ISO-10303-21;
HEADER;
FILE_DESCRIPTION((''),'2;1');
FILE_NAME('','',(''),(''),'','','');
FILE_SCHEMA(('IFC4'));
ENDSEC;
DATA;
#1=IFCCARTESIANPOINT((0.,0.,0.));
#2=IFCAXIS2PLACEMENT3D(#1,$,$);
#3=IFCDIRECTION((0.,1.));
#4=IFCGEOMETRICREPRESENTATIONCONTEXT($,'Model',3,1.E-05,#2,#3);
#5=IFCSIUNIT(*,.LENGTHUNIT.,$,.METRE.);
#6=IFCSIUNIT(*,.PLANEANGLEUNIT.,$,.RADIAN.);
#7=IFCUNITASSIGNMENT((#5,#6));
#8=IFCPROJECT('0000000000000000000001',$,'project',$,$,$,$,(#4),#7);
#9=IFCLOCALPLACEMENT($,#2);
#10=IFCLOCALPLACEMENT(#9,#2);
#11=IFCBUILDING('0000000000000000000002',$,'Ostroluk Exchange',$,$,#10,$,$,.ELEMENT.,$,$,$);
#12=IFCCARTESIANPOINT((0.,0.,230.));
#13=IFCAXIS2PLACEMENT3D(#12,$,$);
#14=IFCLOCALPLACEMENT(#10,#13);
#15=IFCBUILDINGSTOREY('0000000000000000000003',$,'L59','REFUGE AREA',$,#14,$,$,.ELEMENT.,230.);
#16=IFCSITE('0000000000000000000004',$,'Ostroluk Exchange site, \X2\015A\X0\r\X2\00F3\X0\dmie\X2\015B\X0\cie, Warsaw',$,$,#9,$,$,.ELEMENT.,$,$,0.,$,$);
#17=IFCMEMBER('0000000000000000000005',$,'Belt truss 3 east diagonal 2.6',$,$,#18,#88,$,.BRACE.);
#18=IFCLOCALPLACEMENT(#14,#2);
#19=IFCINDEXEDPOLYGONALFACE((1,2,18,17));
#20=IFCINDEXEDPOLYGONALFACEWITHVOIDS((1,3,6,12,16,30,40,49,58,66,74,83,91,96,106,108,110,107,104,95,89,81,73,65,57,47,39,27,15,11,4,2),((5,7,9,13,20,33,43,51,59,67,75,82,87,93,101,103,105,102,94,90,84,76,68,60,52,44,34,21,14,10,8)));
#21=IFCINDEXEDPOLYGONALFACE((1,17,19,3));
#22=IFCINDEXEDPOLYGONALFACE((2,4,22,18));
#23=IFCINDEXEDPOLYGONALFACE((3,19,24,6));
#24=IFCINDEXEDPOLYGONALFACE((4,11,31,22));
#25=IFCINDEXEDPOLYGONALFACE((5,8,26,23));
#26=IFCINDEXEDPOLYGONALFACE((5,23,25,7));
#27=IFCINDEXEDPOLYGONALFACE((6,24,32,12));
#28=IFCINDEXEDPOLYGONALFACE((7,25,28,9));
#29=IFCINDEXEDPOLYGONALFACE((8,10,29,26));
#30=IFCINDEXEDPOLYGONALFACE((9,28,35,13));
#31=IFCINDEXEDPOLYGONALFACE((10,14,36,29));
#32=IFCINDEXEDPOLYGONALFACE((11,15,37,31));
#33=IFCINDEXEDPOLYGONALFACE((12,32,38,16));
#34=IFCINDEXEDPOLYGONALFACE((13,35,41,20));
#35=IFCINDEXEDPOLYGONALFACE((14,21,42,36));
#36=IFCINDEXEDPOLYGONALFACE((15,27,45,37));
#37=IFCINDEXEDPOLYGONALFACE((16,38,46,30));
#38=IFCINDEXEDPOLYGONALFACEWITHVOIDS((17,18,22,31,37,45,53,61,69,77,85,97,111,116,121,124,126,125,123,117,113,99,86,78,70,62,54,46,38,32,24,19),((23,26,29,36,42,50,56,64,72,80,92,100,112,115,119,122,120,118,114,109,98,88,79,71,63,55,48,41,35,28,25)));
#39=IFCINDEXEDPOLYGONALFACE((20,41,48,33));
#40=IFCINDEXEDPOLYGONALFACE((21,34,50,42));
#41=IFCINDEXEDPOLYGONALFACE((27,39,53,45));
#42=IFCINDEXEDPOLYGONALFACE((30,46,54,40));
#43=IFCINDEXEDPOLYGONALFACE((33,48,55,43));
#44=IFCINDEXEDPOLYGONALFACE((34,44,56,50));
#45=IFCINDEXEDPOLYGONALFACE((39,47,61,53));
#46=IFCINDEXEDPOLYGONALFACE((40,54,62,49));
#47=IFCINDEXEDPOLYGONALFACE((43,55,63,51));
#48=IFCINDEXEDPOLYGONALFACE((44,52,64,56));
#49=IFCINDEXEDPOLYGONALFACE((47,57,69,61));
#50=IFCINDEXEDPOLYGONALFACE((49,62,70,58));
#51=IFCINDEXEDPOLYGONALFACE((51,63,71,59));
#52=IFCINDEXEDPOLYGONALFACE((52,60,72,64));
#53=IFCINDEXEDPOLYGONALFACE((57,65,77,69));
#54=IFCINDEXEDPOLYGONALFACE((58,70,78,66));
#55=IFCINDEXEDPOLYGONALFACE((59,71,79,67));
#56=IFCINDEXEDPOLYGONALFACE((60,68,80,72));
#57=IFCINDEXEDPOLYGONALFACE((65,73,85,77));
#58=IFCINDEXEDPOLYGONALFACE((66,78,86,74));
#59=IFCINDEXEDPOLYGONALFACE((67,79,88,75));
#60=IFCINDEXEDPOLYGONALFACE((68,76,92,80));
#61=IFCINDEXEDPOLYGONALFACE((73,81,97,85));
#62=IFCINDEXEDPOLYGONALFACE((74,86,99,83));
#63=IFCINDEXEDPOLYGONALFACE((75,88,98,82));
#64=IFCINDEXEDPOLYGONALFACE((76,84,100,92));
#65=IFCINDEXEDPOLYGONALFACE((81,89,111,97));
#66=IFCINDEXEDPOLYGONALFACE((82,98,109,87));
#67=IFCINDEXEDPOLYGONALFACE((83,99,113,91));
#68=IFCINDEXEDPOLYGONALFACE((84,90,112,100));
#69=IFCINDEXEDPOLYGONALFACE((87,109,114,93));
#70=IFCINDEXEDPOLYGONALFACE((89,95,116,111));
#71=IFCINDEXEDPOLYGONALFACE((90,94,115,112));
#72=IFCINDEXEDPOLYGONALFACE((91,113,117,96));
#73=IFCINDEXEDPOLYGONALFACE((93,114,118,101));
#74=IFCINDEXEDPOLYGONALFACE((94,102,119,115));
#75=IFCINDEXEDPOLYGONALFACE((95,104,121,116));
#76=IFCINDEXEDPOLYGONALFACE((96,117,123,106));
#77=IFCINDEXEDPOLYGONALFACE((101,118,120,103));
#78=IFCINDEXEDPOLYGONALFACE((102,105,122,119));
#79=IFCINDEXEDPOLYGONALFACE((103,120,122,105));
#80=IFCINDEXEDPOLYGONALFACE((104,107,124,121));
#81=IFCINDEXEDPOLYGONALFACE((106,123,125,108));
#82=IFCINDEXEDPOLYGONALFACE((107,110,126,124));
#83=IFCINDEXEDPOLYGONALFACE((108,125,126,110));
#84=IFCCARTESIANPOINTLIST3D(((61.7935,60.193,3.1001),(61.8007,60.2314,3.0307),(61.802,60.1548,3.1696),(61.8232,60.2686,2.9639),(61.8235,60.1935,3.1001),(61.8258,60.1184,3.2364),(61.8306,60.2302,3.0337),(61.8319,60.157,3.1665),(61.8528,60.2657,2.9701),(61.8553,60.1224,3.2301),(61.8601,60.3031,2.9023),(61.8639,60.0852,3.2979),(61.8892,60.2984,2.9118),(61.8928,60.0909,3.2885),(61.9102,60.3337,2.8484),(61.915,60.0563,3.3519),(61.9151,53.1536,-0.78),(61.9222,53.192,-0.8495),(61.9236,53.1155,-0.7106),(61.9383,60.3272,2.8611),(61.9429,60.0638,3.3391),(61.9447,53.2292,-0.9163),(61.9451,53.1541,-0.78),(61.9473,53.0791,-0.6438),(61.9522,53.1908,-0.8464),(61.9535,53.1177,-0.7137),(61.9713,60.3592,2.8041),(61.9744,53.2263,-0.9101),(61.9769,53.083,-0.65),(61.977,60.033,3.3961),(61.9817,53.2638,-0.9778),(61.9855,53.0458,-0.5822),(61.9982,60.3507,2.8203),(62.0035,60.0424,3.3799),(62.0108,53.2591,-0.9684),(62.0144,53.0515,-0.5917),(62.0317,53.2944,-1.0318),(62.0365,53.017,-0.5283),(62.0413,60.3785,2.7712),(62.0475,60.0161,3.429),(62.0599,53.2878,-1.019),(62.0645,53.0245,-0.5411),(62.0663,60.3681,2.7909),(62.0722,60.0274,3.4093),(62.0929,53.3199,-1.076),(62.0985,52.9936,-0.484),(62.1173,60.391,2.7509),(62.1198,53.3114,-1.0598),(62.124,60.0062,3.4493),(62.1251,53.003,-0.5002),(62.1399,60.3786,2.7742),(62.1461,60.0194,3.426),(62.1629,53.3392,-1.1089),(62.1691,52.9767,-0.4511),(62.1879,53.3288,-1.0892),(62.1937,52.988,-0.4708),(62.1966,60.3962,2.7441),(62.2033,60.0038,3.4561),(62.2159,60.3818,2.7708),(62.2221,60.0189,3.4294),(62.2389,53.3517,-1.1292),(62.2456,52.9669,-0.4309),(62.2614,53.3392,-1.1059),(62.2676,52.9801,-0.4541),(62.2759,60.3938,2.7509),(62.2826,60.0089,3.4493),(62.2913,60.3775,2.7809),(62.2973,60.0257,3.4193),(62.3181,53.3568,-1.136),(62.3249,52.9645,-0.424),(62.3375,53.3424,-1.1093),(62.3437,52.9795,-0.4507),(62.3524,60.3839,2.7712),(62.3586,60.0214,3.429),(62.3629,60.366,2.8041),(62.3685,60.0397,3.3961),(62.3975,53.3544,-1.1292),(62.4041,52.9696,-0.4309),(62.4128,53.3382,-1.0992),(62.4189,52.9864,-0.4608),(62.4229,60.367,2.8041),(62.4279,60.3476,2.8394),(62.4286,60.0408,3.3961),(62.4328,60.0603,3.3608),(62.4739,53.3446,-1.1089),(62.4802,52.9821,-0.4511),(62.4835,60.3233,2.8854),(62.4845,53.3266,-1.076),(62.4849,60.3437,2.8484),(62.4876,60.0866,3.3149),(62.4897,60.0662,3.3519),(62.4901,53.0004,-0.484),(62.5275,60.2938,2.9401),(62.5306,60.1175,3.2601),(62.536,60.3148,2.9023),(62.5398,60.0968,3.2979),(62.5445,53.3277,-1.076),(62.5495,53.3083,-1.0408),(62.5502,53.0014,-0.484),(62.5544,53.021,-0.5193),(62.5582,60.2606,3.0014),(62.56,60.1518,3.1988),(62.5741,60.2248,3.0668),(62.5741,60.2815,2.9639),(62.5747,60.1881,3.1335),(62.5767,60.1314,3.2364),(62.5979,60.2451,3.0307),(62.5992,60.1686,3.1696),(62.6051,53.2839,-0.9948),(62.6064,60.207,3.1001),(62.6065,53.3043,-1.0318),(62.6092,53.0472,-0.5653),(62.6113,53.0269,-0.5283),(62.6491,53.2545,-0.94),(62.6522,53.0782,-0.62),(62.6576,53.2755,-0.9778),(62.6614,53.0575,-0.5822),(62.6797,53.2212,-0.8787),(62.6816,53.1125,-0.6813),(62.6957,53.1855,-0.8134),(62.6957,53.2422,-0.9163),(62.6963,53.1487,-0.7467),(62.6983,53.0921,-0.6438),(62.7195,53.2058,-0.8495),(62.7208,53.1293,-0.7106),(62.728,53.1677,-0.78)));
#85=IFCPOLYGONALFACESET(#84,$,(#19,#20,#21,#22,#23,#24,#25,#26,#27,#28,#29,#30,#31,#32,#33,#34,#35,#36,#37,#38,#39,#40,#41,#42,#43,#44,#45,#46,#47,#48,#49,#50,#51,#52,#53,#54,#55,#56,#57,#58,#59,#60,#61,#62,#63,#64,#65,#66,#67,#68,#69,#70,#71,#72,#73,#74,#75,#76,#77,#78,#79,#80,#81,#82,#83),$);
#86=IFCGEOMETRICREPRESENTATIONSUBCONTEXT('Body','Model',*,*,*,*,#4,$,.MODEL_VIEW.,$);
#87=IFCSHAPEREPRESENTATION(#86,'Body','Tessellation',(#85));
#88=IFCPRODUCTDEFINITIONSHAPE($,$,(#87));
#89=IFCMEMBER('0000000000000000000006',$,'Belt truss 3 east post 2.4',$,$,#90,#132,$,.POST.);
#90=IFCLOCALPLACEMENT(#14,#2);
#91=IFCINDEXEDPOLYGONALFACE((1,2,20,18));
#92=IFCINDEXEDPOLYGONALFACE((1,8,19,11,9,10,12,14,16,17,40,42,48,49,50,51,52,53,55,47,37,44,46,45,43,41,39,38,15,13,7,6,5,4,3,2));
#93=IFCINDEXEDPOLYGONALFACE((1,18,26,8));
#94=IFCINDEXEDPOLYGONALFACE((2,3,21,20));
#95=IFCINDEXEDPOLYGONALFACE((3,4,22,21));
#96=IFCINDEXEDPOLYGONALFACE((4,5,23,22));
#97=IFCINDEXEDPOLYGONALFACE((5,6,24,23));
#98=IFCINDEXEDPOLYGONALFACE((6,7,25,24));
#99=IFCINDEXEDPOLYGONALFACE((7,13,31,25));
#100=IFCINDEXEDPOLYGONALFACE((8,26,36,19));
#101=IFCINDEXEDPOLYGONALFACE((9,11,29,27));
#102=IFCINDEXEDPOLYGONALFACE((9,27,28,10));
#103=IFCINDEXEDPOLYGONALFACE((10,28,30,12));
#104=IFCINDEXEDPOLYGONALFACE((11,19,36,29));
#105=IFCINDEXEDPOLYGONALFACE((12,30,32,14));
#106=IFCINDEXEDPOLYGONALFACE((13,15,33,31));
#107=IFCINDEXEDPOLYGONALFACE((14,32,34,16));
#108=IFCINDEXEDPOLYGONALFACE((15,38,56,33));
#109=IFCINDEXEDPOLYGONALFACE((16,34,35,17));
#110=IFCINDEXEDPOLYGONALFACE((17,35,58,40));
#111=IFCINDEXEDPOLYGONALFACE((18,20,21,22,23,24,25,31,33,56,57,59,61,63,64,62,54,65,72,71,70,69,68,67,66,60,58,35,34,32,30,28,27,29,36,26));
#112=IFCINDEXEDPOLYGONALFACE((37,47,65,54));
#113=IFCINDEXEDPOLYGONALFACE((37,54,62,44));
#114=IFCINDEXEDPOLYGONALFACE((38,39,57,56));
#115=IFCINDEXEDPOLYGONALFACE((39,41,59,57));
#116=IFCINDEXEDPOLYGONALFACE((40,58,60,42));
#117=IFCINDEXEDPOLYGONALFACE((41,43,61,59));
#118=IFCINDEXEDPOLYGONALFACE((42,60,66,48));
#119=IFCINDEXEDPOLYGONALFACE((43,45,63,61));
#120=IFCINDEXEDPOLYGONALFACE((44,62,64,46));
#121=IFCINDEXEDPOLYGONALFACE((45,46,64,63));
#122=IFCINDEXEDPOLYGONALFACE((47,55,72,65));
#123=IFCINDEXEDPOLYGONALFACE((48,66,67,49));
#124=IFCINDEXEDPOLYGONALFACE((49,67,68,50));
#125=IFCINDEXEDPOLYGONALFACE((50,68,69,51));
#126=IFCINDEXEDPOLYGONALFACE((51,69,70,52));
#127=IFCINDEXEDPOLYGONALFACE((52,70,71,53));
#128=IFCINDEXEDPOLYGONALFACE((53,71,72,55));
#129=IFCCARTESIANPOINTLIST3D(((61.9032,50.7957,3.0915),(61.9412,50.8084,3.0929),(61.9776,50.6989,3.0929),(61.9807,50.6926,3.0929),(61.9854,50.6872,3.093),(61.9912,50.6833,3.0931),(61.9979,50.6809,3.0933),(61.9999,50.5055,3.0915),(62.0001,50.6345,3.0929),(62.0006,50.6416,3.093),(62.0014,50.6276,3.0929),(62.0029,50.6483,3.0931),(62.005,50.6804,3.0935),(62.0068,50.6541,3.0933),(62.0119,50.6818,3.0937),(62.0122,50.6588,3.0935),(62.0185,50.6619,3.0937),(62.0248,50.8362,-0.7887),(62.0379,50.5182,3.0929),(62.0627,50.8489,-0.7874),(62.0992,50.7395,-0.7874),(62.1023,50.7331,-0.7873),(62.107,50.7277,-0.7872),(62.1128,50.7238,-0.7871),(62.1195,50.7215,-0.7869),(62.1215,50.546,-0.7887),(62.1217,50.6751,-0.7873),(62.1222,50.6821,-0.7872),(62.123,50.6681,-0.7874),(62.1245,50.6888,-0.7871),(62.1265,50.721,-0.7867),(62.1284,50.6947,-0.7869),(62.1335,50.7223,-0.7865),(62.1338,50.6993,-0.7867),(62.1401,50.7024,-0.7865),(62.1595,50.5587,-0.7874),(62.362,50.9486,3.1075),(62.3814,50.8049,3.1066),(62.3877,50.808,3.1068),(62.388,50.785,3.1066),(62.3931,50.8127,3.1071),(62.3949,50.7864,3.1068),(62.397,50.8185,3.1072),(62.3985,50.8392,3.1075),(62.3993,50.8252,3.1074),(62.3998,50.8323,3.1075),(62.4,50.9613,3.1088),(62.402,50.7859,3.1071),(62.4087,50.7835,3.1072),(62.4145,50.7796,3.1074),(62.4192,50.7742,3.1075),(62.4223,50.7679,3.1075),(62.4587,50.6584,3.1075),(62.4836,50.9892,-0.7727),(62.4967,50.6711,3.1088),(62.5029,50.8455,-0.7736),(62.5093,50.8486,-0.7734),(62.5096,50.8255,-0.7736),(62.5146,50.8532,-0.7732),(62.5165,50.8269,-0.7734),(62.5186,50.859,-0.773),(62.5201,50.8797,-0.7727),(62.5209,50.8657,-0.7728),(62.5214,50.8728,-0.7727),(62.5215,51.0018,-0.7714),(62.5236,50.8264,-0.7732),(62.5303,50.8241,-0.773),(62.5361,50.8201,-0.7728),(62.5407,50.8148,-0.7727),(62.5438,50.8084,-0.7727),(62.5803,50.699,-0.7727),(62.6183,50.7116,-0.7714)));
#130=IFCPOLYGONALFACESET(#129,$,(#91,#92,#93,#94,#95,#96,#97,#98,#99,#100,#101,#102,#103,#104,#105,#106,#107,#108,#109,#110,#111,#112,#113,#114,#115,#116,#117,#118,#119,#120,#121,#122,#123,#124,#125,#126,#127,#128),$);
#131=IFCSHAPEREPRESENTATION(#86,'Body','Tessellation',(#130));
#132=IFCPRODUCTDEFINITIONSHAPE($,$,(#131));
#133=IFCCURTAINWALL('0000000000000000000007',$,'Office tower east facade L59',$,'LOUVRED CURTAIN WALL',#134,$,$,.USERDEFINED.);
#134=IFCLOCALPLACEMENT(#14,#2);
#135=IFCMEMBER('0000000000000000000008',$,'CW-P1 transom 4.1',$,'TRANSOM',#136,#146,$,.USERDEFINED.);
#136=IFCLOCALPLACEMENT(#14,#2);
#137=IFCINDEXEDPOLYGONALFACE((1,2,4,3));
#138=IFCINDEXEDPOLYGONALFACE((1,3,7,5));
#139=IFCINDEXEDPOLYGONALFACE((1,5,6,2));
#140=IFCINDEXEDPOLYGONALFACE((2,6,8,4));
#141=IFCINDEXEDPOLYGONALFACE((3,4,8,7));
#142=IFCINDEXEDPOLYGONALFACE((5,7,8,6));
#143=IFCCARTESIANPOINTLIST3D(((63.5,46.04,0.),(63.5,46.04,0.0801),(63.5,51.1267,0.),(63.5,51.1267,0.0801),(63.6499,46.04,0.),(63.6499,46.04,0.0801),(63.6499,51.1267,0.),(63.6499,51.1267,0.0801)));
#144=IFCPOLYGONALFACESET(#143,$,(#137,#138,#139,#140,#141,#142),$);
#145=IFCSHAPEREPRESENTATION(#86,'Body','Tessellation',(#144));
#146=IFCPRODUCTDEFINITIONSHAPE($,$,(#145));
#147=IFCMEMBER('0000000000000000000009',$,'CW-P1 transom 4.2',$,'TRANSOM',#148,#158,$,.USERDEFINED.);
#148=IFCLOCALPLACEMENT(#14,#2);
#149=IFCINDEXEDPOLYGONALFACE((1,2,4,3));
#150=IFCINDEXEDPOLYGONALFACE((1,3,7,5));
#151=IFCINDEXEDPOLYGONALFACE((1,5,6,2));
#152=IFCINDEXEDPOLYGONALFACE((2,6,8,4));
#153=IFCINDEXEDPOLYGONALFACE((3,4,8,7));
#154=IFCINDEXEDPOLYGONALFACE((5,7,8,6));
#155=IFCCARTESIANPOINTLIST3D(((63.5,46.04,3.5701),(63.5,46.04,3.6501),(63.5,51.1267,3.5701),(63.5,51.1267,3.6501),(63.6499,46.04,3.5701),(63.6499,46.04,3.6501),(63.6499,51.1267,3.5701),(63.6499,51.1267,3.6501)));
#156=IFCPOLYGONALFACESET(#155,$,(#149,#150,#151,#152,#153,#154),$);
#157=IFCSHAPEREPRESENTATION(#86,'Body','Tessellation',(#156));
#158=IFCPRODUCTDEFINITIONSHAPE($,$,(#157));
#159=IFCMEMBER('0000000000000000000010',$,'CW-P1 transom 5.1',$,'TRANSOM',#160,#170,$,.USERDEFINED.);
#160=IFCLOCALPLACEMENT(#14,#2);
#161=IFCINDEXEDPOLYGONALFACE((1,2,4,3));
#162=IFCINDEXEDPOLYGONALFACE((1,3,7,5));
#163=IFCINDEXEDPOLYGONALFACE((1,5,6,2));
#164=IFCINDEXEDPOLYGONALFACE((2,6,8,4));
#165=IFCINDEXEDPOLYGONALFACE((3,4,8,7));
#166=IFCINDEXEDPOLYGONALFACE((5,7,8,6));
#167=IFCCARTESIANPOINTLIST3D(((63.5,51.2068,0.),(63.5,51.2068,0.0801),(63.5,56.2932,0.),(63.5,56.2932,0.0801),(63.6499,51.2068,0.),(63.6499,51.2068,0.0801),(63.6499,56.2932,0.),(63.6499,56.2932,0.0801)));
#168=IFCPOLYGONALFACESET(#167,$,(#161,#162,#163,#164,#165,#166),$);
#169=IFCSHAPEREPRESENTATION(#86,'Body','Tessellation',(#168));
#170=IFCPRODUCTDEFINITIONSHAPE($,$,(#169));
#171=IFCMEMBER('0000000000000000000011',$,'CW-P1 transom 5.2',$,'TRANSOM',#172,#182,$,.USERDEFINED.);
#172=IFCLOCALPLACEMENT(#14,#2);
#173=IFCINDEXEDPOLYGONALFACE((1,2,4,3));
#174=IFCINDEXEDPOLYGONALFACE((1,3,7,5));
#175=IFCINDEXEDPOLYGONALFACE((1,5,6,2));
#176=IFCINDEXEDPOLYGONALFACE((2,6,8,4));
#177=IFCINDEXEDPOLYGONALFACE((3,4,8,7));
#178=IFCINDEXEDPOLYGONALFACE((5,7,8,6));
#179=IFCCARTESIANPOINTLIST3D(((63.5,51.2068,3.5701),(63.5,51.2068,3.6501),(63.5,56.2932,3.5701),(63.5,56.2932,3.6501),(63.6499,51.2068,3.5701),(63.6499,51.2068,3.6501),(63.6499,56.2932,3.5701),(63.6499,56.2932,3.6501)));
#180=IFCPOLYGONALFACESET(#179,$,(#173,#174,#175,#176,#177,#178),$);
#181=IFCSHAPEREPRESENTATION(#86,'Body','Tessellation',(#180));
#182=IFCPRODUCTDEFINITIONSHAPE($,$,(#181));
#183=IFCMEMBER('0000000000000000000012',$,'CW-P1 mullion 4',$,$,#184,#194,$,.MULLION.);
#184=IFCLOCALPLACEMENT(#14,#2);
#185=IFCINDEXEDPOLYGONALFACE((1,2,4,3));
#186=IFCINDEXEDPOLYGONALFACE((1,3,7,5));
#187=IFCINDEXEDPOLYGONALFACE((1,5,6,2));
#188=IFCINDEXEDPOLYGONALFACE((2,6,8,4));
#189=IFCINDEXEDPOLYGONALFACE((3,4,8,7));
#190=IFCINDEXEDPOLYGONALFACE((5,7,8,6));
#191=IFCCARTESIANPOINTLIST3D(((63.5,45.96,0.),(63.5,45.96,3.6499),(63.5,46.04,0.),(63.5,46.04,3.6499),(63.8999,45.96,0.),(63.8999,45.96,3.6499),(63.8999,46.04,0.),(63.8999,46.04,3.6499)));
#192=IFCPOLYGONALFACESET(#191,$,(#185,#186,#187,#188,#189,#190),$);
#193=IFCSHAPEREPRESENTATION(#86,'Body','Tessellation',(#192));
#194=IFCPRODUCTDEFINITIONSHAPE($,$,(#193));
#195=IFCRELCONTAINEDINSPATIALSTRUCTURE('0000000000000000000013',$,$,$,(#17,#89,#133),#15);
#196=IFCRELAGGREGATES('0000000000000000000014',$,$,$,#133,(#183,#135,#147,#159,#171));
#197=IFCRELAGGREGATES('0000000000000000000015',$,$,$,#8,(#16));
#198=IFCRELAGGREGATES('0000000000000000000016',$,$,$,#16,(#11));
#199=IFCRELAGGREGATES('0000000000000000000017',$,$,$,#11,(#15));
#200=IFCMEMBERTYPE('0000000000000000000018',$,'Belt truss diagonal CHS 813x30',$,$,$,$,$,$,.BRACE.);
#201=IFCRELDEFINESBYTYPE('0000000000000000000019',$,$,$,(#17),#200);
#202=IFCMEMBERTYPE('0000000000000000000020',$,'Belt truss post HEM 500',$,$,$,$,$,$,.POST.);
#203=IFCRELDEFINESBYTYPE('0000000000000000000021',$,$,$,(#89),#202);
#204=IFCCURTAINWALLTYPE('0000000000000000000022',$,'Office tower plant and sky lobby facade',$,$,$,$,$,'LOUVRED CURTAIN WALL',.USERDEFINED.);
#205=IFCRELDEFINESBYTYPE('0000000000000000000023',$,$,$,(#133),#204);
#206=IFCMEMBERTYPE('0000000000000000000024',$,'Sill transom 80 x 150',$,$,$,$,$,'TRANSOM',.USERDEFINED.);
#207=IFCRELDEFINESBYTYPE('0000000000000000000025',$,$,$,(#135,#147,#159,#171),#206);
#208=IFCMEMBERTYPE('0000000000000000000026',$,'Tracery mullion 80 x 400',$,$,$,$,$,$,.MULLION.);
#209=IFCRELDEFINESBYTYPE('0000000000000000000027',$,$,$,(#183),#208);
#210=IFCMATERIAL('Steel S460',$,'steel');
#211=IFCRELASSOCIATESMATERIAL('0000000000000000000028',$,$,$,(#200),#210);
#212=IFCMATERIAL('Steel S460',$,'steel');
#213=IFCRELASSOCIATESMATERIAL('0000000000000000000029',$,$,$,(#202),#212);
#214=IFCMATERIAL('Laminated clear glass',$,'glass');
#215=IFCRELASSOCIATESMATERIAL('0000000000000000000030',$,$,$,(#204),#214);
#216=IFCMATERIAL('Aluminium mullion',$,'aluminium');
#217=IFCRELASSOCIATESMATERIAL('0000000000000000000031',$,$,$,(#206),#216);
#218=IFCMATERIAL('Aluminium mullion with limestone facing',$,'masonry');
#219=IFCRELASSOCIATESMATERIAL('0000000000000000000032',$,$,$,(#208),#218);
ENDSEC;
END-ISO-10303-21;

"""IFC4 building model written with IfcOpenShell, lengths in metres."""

from ifc_helpers import new_model, si_unit, direction, frame, origin, origin_2d, place, context, subcontext, project, spatial, rectangle, hollow_circle, i_section, extrude, material, material_profile, profile_set, type_object, element, aggregate, save


model = new_model("IFC4")

# Units and contexts
model_context = context("Model", 3, precision=1e-05, world=origin(), true_north=direction((0.0, 1.0)))
body_context = subcontext(model_context, "Body", "Model", "MODEL_VIEW")
ifc_project = project(units=[si_unit("LENGTHUNIT", "METRE"), si_unit("PLANEANGLEUNIT", "RADIAN")], contexts=[model_context])

# Site, building, storey
site_placement = place(None, origin())
site = spatial("IfcSite", under=ifc_project, at=site_placement, Name="Ostroluk Exchange site, Śródmieście, Warsaw", CompositionType="ELEMENT", RefElevation=0.0)
building_placement = place(site_placement, origin())
building = spatial("IfcBuilding", under=site, at=building_placement, Name="Ostroluk Exchange", CompositionType="ELEMENT")
storey_placement = place(building_placement, frame((0.0, 0.0, 230.0)))
storey = spatial("IfcBuildingStorey", under=building, at=storey_placement, Name="L59", Description="REFUGE AREA", CompositionType="ELEMENT", Elevation=230.0)

# Members
ifc_material_1 = material(Name="Steel S460", Category="steel")
ifc_material_profile_1 = material_profile(ifc_material_1, hollow_circle(Radius=0.4065, WallThickness=0.03, at=origin_2d()), Name="CHS 813x30")
ifc_profile_set_1 = profile_set([ifc_material_profile_1], Name="Steel S460")
member_type_1 = type_object("IfcMemberType", Name="Belt truss diagonal CHS 813x30", PredefinedType="BRACE", material=ifc_profile_set_1)
member_1_placement = place(storey_placement, frame((62.3215, 53.1606, -0.78), z_axis=(-0.015124, 0.875668, 0.482676), x_axis=(-0.999851, -0.017269, 0.0)))
element("IfcMember", 1, at=member_1_placement, inside=storey, type_object=member_type_1, Name="Belt truss 3 east diagonal 2.6", PredefinedType="BRACE", context=body_context, shape_type="SweptSolid", body=[
    extrude(hollow_circle(Radius=0.4065, WallThickness=0.03, at=origin_2d()), origin(), (0.0, 0.0, 1.0), 8.0388),
])
ifc_material_2 = material(Name="Steel S460", Category="steel")
ifc_material_profile_2 = material_profile(ifc_material_2, i_section(OverallWidth=0.3059, OverallDepth=0.5239, WebThickness=0.021, FlangeThickness=0.04, FilletRadius=0.0271, at=origin_2d()), Name="HEM 500")
ifc_profile_set_2 = profile_set([ifc_material_profile_2], Name="Steel S460")
member_type_2 = type_object("IfcMemberType", Name="Belt truss post HEM 500", PredefinedType="POST", material=ifc_profile_set_2)
member_2_placement = place(storey_placement, frame((62.3215, 50.7739, -0.78), z_axis=(-0.031317, -0.010439, 0.999455), x_axis=(0.316228, -0.948683, 0.0)))
element("IfcMember", 2, at=member_2_placement, inside=storey, type_object=member_type_2, Name="Belt truss 3 east post 2.4", PredefinedType="POST", context=body_context, shape_type="SweptSolid", body=[
    extrude(i_section(OverallWidth=0.3059, OverallDepth=0.5239, WebThickness=0.021, FlangeThickness=0.04, FilletRadius=0.0271, at=origin_2d()), origin(), (0.0, 0.0, 1.0), 3.8823),
])

# Curtain wall, members
ifc_material_3 = material(Name="Laminated clear glass", Category="glass")
curtain_wall_type = type_object("IfcCurtainWallType", Name="Office tower plant and sky lobby facade", ElementType="LOUVRED CURTAIN WALL", PredefinedType="USERDEFINED", material=ifc_material_3)
curtain_wall_placement = place(storey_placement, origin())
curtain_wall = element("IfcCurtainWall", 3, at=curtain_wall_placement, inside=storey, type_object=curtain_wall_type, Name="Office tower east facade L59", ObjectType="LOUVRED CURTAIN WALL", PredefinedType="USERDEFINED")
ifc_material_4 = material(Name="Aluminium mullion", Category="aluminium")
ifc_material_profile_3 = material_profile(ifc_material_4, rectangle(XDim=0.1499, YDim=0.0801, at=origin_2d()), Name="Sill transom 80 x 150")
ifc_profile_set_3 = profile_set([ifc_material_profile_3], Name="Aluminium mullion")
member_type_3 = type_object("IfcMemberType", Name="Sill transom 80 x 150", ElementType="TRANSOM", PredefinedType="USERDEFINED", material=ifc_profile_set_3)
member_3_placement = place(storey_placement, frame((63.575, 46.04, 0.04), z_axis=(0.0, 1.0, 0.0), x_axis=(-1.0, 0.0, 0.0)))
member_3 = element("IfcMember", 4, at=member_3_placement, type_object=member_type_3, Name="CW-P1 transom 4.1", ObjectType="TRANSOM", PredefinedType="USERDEFINED", context=body_context, shape_type="SweptSolid", body=[
    extrude(rectangle(XDim=0.1499, YDim=0.0801, at=origin_2d()), origin(), (0.0, 0.0, 1.0), 5.0867),
])
member_4_placement = place(storey_placement, frame((63.575, 46.04, 3.6101), z_axis=(0.0, 1.0, 0.0), x_axis=(-1.0, 0.0, 0.0)))
member_4 = element("IfcMember", 5, at=member_4_placement, type_object=member_type_3, Name="CW-P1 transom 4.2", ObjectType="TRANSOM", PredefinedType="USERDEFINED", context=body_context, shape_type="SweptSolid", body=[
    extrude(rectangle(XDim=0.1499, YDim=0.0801, at=origin_2d()), origin(), (0.0, 0.0, 1.0), 5.0867),
])
member_5_placement = place(storey_placement, frame((63.575, 51.2068, 0.04), z_axis=(0.0, 1.0, 0.0), x_axis=(-1.0, 0.0, 0.0)))
member_5 = element("IfcMember", 6, at=member_5_placement, type_object=member_type_3, Name="CW-P1 transom 5.1", ObjectType="TRANSOM", PredefinedType="USERDEFINED", context=body_context, shape_type="SweptSolid", body=[
    extrude(rectangle(XDim=0.1499, YDim=0.0801, at=origin_2d()), origin(), (0.0, 0.0, 1.0), 5.0864),
])
member_6_placement = place(storey_placement, frame((63.575, 51.2068, 3.6101), z_axis=(0.0, 1.0, 0.0), x_axis=(-1.0, 0.0, 0.0)))
member_6 = element("IfcMember", 7, at=member_6_placement, type_object=member_type_3, Name="CW-P1 transom 5.2", ObjectType="TRANSOM", PredefinedType="USERDEFINED", context=body_context, shape_type="SweptSolid", body=[
    extrude(rectangle(XDim=0.1499, YDim=0.0801, at=origin_2d()), origin(), (0.0, 0.0, 1.0), 5.0864),
])
ifc_material_5 = material(Name="Aluminium mullion with limestone facing", Category="masonry")
ifc_material_profile_4 = material_profile(ifc_material_5, rectangle(XDim=0.3999, YDim=0.0801, at=origin_2d()), Name="Tracery mullion 80 x 400")
ifc_profile_set_4 = profile_set([ifc_material_profile_4], Name="Aluminium mullion with limestone facing")
member_type_4 = type_object("IfcMemberType", Name="Tracery mullion 80 x 400", PredefinedType="MULLION", material=ifc_profile_set_4)
member_7_placement = place(storey_placement, frame((63.7, 46.0, 0.0), z_axis=(0.0, 0.0, 1.0), x_axis=(-1.0, 0.0, 0.0)))
member_7 = element("IfcMember", 8, at=member_7_placement, type_object=member_type_4, Name="CW-P1 mullion 4", PredefinedType="MULLION", context=body_context, shape_type="SweptSolid", body=[
    extrude(rectangle(XDim=0.3999, YDim=0.0801, at=origin_2d()), origin(), (0.0, 0.0, 1.0), 3.6499),
])
aggregate(curtain_wall, [member_7, member_3, member_4, member_5, member_6])

save(model, "model.ifc")
